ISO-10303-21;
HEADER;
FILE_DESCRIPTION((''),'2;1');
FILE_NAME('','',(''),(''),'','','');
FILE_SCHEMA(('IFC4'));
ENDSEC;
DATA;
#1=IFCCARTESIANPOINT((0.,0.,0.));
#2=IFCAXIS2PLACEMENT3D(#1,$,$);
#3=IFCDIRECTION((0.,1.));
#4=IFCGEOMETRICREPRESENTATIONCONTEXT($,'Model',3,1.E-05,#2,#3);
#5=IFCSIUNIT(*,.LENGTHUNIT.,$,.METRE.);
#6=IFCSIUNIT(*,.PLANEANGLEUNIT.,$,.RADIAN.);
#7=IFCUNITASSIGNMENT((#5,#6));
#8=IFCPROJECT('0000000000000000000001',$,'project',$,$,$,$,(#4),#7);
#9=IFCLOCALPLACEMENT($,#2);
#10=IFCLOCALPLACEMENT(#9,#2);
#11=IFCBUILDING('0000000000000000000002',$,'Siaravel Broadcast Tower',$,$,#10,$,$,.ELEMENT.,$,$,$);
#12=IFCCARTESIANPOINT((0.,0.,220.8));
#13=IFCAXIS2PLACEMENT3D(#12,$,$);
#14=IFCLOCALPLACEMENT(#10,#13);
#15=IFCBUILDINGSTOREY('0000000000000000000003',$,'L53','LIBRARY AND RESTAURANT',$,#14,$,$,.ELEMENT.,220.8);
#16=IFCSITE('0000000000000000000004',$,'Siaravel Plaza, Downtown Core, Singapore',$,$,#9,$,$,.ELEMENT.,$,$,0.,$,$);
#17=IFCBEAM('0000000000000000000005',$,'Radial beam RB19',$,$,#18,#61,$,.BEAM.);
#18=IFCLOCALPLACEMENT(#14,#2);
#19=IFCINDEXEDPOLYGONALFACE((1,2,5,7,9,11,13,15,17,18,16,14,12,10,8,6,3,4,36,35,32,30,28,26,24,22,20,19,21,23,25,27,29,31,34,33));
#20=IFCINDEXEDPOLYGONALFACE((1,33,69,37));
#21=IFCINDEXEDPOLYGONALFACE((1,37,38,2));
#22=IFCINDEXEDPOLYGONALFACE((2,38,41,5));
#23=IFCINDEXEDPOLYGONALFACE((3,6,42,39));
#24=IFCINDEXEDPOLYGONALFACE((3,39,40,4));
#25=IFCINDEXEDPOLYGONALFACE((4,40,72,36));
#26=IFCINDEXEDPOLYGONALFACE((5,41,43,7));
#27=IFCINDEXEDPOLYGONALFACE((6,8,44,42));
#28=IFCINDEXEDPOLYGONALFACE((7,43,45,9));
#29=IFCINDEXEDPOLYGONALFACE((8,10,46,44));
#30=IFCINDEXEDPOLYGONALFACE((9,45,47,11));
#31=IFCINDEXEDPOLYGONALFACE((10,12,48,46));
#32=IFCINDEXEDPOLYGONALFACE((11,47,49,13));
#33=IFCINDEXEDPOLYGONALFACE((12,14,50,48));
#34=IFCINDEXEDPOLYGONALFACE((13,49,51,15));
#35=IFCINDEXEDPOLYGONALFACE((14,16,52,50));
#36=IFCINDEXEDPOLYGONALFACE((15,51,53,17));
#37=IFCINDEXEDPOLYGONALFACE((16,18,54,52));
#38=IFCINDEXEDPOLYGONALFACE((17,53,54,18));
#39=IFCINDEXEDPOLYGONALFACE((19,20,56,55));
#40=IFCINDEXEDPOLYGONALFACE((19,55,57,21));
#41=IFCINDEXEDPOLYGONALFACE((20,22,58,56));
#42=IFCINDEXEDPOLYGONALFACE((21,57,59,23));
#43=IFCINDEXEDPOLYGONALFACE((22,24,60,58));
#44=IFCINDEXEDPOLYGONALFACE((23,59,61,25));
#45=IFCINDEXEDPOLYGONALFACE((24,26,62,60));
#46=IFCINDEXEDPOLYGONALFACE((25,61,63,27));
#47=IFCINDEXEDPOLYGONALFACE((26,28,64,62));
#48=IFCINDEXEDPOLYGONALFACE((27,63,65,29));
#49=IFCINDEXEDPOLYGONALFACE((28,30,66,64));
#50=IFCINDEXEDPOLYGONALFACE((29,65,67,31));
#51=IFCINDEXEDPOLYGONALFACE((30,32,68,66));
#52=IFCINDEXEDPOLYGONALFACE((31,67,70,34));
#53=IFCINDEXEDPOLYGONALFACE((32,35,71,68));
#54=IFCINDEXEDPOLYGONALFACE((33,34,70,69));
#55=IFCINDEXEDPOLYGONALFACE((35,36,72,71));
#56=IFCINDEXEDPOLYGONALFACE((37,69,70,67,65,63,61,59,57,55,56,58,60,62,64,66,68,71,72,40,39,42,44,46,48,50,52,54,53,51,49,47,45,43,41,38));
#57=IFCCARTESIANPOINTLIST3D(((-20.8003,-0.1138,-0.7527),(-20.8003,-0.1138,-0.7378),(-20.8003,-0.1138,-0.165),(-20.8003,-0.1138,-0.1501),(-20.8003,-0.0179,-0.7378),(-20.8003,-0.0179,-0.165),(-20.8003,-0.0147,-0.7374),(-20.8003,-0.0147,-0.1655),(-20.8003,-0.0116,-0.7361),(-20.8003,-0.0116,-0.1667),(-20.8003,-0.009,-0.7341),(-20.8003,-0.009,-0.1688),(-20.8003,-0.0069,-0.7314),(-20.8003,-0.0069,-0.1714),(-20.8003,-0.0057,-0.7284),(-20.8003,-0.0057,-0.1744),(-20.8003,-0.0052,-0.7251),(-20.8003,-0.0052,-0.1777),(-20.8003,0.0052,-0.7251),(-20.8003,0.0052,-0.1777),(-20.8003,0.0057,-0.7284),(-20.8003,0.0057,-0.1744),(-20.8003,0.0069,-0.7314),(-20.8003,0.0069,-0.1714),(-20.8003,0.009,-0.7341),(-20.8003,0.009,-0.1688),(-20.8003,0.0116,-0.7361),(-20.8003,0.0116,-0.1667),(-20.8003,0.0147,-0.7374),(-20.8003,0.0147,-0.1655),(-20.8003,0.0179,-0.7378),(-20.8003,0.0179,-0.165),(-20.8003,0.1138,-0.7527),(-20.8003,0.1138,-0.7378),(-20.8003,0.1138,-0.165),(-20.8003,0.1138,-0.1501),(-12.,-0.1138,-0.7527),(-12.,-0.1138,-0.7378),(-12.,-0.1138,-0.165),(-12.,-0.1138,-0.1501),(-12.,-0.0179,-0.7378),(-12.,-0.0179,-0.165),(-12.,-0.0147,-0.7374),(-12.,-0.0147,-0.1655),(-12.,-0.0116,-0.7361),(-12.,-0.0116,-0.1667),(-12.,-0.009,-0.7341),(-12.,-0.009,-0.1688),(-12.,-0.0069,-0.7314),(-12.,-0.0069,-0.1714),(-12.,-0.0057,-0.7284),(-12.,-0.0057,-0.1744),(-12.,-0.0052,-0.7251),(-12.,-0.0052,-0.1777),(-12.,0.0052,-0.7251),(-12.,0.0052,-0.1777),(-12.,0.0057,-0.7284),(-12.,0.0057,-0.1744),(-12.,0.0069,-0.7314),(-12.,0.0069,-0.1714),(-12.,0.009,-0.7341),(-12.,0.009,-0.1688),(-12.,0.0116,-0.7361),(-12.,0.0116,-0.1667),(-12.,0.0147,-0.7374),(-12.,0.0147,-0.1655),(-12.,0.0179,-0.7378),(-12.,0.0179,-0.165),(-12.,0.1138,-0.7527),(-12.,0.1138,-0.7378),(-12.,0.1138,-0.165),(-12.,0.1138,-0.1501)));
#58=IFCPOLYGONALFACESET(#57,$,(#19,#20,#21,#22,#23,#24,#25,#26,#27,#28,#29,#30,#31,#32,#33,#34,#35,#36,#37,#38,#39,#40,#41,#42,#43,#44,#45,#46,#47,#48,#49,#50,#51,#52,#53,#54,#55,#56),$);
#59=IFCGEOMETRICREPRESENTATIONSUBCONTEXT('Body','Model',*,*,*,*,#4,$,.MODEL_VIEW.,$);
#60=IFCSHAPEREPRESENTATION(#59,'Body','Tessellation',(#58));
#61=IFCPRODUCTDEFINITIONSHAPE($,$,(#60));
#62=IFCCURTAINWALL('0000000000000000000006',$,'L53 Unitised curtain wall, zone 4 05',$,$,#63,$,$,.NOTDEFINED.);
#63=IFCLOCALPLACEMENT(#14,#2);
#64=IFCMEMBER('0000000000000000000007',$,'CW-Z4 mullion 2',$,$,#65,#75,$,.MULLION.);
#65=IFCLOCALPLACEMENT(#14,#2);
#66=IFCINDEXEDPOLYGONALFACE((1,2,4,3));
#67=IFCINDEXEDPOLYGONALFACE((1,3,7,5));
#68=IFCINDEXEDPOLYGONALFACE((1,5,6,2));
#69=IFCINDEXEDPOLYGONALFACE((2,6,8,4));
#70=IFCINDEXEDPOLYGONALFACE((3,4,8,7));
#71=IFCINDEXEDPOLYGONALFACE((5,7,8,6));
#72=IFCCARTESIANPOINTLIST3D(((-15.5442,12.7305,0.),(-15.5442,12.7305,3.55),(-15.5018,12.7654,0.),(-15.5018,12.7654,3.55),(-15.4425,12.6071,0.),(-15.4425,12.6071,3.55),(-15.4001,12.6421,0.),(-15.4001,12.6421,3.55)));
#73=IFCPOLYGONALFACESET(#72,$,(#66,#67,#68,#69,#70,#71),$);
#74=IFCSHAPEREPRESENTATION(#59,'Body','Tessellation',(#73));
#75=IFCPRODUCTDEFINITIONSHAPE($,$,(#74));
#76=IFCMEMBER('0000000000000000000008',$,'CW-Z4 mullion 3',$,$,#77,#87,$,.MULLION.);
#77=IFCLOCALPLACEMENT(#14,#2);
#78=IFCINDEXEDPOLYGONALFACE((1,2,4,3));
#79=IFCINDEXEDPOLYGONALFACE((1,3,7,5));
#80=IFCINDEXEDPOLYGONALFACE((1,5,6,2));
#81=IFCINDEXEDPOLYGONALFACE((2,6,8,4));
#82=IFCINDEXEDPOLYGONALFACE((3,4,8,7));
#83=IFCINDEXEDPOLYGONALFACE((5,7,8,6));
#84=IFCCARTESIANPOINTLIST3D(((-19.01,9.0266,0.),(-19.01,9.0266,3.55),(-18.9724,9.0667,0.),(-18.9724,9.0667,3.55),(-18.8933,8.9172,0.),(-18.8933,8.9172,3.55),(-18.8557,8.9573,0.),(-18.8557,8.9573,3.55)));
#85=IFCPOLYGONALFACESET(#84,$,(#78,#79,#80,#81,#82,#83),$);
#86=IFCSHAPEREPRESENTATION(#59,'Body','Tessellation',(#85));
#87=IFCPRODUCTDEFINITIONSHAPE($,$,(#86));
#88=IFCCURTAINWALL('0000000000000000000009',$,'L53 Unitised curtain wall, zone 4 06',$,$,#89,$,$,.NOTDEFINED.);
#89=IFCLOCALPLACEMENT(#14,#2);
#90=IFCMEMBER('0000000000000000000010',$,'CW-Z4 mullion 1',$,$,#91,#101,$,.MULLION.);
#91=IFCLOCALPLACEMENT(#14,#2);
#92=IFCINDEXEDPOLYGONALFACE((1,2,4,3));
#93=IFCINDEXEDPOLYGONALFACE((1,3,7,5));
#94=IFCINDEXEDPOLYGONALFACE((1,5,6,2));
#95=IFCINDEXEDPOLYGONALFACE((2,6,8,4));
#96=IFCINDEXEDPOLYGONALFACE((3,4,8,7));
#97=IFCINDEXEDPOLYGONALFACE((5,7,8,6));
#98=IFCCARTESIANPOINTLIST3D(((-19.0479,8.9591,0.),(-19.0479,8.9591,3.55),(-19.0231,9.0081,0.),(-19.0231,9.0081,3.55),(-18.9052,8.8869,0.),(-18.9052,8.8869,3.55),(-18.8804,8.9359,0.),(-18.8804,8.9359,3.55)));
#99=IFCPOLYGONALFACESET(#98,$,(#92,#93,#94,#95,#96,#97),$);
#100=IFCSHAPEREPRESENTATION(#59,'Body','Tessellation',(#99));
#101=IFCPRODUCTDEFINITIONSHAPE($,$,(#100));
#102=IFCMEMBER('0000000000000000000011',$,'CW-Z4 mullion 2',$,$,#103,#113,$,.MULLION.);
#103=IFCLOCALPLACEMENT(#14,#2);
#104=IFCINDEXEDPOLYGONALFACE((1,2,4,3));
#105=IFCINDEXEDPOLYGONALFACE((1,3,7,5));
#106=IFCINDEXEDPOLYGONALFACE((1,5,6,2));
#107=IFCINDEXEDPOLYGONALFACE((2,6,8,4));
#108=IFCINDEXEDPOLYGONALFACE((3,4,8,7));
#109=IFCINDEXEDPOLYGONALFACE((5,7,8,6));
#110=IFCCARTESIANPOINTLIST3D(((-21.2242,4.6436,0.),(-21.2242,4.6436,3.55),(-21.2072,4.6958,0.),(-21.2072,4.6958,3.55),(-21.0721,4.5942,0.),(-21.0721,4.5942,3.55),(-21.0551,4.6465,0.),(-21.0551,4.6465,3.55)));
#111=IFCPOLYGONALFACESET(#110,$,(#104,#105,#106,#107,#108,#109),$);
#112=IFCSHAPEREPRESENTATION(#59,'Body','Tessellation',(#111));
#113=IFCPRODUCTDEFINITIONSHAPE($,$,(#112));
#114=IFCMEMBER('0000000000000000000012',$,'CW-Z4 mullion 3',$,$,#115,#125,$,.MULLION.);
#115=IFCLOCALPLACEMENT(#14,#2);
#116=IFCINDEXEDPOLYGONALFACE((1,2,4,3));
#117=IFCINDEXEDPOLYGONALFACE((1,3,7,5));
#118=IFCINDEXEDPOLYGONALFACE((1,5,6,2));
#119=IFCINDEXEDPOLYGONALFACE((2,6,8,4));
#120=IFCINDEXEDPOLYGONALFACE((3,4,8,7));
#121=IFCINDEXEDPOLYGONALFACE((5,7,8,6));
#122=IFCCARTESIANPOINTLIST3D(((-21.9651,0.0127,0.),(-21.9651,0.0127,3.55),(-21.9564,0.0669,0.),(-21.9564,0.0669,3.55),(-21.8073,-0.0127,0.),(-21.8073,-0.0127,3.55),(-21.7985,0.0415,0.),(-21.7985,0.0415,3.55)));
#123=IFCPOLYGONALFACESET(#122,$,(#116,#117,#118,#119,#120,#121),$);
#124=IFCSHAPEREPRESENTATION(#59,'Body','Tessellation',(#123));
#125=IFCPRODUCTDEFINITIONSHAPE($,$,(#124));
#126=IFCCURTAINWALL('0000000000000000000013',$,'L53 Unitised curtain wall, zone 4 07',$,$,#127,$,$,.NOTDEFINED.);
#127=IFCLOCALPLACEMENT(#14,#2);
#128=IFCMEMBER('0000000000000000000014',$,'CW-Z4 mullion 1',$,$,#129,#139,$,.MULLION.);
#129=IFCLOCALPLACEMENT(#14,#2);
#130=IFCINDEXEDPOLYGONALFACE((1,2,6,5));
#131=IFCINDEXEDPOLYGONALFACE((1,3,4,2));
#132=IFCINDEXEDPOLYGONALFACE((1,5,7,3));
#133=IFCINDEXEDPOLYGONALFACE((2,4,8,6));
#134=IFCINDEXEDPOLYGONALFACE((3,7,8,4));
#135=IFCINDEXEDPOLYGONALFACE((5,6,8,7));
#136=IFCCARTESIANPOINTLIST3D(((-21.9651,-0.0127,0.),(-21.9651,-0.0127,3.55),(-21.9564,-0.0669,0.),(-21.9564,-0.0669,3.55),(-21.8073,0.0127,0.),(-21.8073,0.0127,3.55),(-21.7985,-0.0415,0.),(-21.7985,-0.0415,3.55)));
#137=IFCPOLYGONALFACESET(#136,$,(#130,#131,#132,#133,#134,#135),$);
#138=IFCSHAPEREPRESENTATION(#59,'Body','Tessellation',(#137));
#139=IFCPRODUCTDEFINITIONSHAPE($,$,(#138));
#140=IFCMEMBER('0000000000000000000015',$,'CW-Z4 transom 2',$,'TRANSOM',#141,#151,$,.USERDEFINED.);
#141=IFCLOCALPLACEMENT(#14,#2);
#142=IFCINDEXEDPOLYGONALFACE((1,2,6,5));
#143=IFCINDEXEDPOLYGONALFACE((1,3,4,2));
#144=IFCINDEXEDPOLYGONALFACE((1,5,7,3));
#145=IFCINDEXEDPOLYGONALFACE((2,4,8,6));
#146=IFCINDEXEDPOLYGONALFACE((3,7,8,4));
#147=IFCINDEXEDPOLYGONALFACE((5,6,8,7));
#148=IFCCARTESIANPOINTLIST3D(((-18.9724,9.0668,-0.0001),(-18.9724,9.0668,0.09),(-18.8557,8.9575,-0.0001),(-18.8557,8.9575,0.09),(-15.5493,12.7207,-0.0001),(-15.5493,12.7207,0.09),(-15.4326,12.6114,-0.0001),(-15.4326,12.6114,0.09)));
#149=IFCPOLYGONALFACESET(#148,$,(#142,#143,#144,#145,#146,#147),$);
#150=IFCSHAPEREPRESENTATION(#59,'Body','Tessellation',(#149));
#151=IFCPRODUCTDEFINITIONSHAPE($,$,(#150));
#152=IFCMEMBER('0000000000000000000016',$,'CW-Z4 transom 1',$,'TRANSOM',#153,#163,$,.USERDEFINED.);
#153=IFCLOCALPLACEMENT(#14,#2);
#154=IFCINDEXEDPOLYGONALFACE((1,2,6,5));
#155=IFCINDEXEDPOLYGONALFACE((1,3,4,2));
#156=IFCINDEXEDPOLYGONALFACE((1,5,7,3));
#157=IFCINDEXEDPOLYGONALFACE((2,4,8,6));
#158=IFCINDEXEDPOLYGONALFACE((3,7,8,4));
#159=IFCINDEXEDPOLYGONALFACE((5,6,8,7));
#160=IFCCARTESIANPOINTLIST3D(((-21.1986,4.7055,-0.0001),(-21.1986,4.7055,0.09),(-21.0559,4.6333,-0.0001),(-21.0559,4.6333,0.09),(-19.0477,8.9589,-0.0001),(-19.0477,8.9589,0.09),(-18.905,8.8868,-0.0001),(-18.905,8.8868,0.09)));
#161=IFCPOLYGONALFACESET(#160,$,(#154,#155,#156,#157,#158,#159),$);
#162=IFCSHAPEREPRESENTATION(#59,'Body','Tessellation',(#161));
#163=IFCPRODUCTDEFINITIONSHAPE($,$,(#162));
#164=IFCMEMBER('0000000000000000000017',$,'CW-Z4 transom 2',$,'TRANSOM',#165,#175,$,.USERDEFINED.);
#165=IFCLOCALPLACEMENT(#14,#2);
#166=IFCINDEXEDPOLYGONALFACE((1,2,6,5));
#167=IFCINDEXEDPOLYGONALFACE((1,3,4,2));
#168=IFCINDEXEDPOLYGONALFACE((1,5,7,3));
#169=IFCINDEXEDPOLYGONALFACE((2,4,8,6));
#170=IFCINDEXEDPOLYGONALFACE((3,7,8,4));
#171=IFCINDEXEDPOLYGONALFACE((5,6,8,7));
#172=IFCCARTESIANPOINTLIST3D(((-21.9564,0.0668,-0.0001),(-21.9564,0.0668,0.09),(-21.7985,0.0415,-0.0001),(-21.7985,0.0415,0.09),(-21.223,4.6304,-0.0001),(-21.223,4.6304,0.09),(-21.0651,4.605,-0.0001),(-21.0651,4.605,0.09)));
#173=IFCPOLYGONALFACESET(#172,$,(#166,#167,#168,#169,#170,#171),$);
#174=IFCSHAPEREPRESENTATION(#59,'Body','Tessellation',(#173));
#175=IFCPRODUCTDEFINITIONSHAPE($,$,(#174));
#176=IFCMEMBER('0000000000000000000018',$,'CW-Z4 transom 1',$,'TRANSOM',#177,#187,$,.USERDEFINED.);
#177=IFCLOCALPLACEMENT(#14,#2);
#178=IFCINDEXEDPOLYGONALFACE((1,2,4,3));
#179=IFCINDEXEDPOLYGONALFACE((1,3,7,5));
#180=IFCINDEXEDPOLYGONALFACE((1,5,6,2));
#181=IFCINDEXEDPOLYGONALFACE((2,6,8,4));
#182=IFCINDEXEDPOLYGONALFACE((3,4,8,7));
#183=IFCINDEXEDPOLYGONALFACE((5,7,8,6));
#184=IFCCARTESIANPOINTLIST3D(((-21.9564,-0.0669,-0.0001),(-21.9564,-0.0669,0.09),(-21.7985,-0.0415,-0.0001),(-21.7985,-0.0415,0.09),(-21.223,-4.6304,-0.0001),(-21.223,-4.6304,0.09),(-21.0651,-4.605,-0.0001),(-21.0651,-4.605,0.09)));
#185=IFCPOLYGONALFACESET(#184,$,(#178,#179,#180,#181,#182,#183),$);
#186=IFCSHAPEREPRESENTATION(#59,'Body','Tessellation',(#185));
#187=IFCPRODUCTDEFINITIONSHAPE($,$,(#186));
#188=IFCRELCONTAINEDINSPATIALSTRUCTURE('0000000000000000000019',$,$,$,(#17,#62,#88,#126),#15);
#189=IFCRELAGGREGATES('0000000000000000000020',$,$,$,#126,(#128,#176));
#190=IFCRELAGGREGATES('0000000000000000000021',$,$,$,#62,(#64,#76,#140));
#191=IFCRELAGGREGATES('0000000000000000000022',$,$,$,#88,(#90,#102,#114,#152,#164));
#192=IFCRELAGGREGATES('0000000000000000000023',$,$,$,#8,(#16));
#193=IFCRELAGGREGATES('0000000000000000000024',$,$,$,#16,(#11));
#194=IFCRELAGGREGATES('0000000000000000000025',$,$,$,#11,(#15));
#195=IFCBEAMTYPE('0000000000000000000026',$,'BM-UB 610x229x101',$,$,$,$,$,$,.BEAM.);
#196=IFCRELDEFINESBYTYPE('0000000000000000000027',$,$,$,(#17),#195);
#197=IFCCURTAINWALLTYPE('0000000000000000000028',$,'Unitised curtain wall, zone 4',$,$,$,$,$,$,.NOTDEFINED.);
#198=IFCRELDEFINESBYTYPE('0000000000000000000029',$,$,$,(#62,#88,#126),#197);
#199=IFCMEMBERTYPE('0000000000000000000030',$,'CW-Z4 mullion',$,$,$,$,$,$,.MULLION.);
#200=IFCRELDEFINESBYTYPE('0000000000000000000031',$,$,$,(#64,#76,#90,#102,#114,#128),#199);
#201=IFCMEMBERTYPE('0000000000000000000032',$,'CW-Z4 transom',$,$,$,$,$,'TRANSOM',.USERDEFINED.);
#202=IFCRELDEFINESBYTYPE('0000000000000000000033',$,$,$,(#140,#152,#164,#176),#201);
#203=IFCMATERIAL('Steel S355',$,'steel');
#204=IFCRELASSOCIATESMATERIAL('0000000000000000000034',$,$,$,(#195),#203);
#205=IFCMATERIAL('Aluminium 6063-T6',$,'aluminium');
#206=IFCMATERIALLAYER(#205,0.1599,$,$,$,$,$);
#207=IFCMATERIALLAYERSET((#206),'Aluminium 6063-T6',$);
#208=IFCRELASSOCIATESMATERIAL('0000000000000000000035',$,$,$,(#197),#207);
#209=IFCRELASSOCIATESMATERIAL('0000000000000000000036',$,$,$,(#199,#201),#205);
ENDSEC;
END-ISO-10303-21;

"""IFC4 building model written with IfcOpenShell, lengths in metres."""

from ifc_helpers import new_model, si_unit, direction, frame, origin, origin_2d, place, context, subcontext, project, spatial, rectangle, i_section, extrude, material, layer, layer_set, material_profile, profile_set, type_object, element, aggregate, save


model = new_model("IFC4")

# Units and contexts
model_context = context("Model", 3, precision=1e-05, world=origin(), true_north=direction((0.0, 1.0)))
body_context = subcontext(model_context, "Body", "Model", "MODEL_VIEW")
ifc_project = project(units=[si_unit("LENGTHUNIT", "METRE"), si_unit("PLANEANGLEUNIT", "RADIAN")], contexts=[model_context])

# Site, building, storey
site_placement = place(None, origin())
site = spatial("IfcSite", under=ifc_project, at=site_placement, Name="Siaravel Plaza, Downtown Core, Singapore", CompositionType="ELEMENT", RefElevation=0.0)
building_placement = place(site_placement, origin())
building = spatial("IfcBuilding", under=site, at=building_placement, Name="Siaravel Broadcast Tower", CompositionType="ELEMENT")
storey_placement = place(building_placement, frame((0.0, 0.0, 220.8)))
storey = spatial("IfcBuildingStorey", under=building, at=storey_placement, Name="L53", Description="LIBRARY AND RESTAURANT", CompositionType="ELEMENT", Elevation=220.8)

# Beam
ifc_material_1 = material(Name="Steel S355", Category="steel")
ifc_material_profile_1 = material_profile(ifc_material_1, i_section(OverallWidth=0.2275, OverallDepth=0.6025, WebThickness=0.0105, FlangeThickness=0.0149, FilletRadius=0.0127, at=origin_2d()))
ifc_profile_set_1 = profile_set([ifc_material_profile_1], Name="Steel S355")
beam_type = type_object("IfcBeamType", Name="BM-UB 610x229x101", PredefinedType="BEAM", material=ifc_profile_set_1)
beam_1_placement = place(storey_placement, frame((-20.8003, 0.0, -0.4514), z_axis=(1.0, 0.0, 0.0), x_axis=(0.0, 1.0, 0.0)))
element("IfcBeam", 1, at=beam_1_placement, inside=storey, type_object=beam_type, Name="Radial beam RB19", PredefinedType="BEAM", context=body_context, shape_type="SweptSolid", body=[
    extrude(i_section(OverallWidth=0.2275, OverallDepth=0.6025, WebThickness=0.0105, FlangeThickness=0.0149, FilletRadius=0.0127, at=origin_2d()), origin(), (0.0, 0.0, 1.0), 8.8003),
])

# Curtain walls, members
ifc_material_2 = material(Name="Aluminium 6063-T6", Category="aluminium")
ifc_layer_1 = layer(ifc_material_2, 0.1599)
ifc_layer_set_1 = layer_set([ifc_layer_1], Name="Aluminium 6063-T6")
curtain_wall_type = type_object("IfcCurtainWallType", Name="Unitised curtain wall, zone 4", PredefinedType="NOTDEFINED", material=ifc_layer_set_1)
curtain_wall_1_placement = place(storey_placement, origin())
curtain_wall_1 = element("IfcCurtainWall", 2, at=curtain_wall_1_placement, inside=storey, type_object=curtain_wall_type, Name="L53 Unitised curtain wall, zone 4 05", PredefinedType="NOTDEFINED")
ifc_material_profile_2 = material_profile(ifc_material_2, rectangle(XDim=0.1599, YDim=0.0549, at=origin_2d()))
ifc_profile_set_2 = profile_set([ifc_material_profile_2], Name="Aluminium 6063-T6")
member_type_1 = type_object("IfcMemberType", Name="CW-Z4 mullion", PredefinedType="MULLION", material=ifc_profile_set_2)
member_1_placement = place(storey_placement, frame((-15.4722, 12.6863, 0.0), z_axis=(0.0, 0.0, 1.0), x_axis=(0.63622, -0.771508, 0.0)))
member_1 = element("IfcMember", 3, at=member_1_placement, type_object=member_type_1, Name="CW-Z4 mullion 2", PredefinedType="MULLION", context=body_context, shape_type="SweptSolid", body=[
    extrude(rectangle(XDim=0.1599, YDim=0.0549, at=origin_2d()), origin(), (0.0, 0.0, 1.0), 3.55),
])
member_2_placement = place(storey_placement, frame((-18.9329, 8.9919, 0.0), z_axis=(0.0, 0.0, 1.0), x_axis=(0.729806, -0.683654, 0.0)))
member_2 = element("IfcMember", 4, at=member_2_placement, type_object=member_type_1, Name="CW-Z4 mullion 3", PredefinedType="MULLION", context=body_context, shape_type="SweptSolid", body=[
    extrude(rectangle(XDim=0.1599, YDim=0.0549, at=origin_2d()), origin(), (0.0, 0.0, 1.0), 3.55),
])
curtain_wall_2_placement = place(storey_placement, origin())
curtain_wall_2 = element("IfcCurtainWall", 5, at=curtain_wall_2_placement, inside=storey, type_object=curtain_wall_type, Name="L53 Unitised curtain wall, zone 4 06", PredefinedType="NOTDEFINED")
member_3_placement = place(storey_placement, frame((-18.9641, 8.9475, 0.0), z_axis=(0.0, 0.0, 1.0), x_axis=(0.892393, -0.45126, 0.0)))
member_3 = element("IfcMember", 6, at=member_3_placement, type_object=member_type_1, Name="CW-Z4 mullion 1", PredefinedType="MULLION", context=body_context, shape_type="SweptSolid", body=[
    extrude(rectangle(XDim=0.1599, YDim=0.0549, at=origin_2d()), origin(), (0.0, 0.0, 1.0), 3.55),
])
member_4_placement = place(storey_placement, frame((-21.1396, 4.645, 0.0), z_axis=(0.0, 0.0, 1.0), x_axis=(0.951178, -0.308644, 0.0)))
member_4 = element("IfcMember", 7, at=member_4_placement, type_object=member_type_1, Name="CW-Z4 mullion 2", PredefinedType="MULLION", context=body_context, shape_type="SweptSolid", body=[
    extrude(rectangle(XDim=0.1599, YDim=0.0549, at=origin_2d()), origin(), (0.0, 0.0, 1.0), 3.55),
])
member_5_placement = place(storey_placement, frame((-21.8818, 0.0271, 0.0), z_axis=(0.0, 0.0, 1.0), x_axis=(0.987329, -0.158685, 0.0)))
member_5 = element("IfcMember", 8, at=member_5_placement, type_object=member_type_1, Name="CW-Z4 mullion 3", PredefinedType="MULLION", context=body_context, shape_type="SweptSolid", body=[
    extrude(rectangle(XDim=0.1599, YDim=0.0549, at=origin_2d()), origin(), (0.0, 0.0, 1.0), 3.55),
])

# Curtain wall, member
curtain_wall_3_placement = place(storey_placement, origin())
curtain_wall_3 = element("IfcCurtainWall", 9, at=curtain_wall_3_placement, inside=storey, type_object=curtain_wall_type, Name="L53 Unitised curtain wall, zone 4 07", PredefinedType="NOTDEFINED")
member_6_placement = place(storey_placement, frame((-21.8818, -0.0271, 0.0), z_axis=(0.0, 0.0, 1.0), x_axis=(0.987329, 0.158685, 0.0)))
member_6 = element("IfcMember", 10, at=member_6_placement, type_object=member_type_1, Name="CW-Z4 mullion 1", PredefinedType="MULLION", context=body_context, shape_type="SweptSolid", body=[
    extrude(rectangle(XDim=0.1599, YDim=0.0549, at=origin_2d()), origin(), (0.0, 0.0, 1.0), 3.55),
])

# Members
ifc_material_profile_3 = material_profile(ifc_material_2, rectangle(XDim=0.1599, YDim=0.0901, at=origin_2d()))
ifc_profile_set_3 = profile_set([ifc_material_profile_3], Name="Aluminium 6063-T6")
member_type_2 = type_object("IfcMemberType", Name="CW-Z4 transom", ElementType="TRANSOM", PredefinedType="USERDEFINED", material=ifc_profile_set_3)
member_7_placement = place(storey_placement, frame((-15.491, 12.666, 0.0449), z_axis=(-0.683691, -0.729771, 0.0), x_axis=(0.729771, -0.683691, 0.0)))
member_7 = element("IfcMember", 11, at=member_7_placement, type_object=member_type_2, Name="CW-Z4 transom 2", ObjectType="TRANSOM", PredefinedType="USERDEFINED", context=body_context, shape_type="SweptSolid", body=[
    extrude(rectangle(XDim=0.1599, YDim=0.0901, at=origin_2d()), origin(), (0.0, 0.0, 1.0), 5.0068),
])
member_8_placement = place(storey_placement, frame((-18.9763, 8.9229, 0.0449), z_axis=(-0.451266, -0.89239, 0.0), x_axis=(0.89239, -0.451266, 0.0)))
member_8 = element("IfcMember", 12, at=member_8_placement, type_object=member_type_2, Name="CW-Z4 transom 1", ObjectType="TRANSOM", PredefinedType="USERDEFINED", context=body_context, shape_type="SweptSolid", body=[
    extrude(rectangle(XDim=0.1599, YDim=0.0901, at=origin_2d()), origin(), (0.0, 0.0, 1.0), 4.7664),
])
member_9_placement = place(storey_placement, frame((-21.144, 4.6177, 0.0449), z_axis=(-0.158674, -0.987331, 0.0), x_axis=(0.987331, -0.158674, 0.0)))
member_9 = element("IfcMember", 13, at=member_9_placement, type_object=member_type_2, Name="CW-Z4 transom 2", ObjectType="TRANSOM", PredefinedType="USERDEFINED", context=body_context, shape_type="SweptSolid", body=[
    extrude(rectangle(XDim=0.1599, YDim=0.0901, at=origin_2d()), origin(), (0.0, 0.0, 1.0), 4.6221),
])
member_10_placement = place(storey_placement, frame((-21.8774, -0.0542, 0.0449), z_axis=(0.158674, -0.987331, 0.0), x_axis=(0.987331, 0.158674, 0.0)))
member_10 = element("IfcMember", 14, at=member_10_placement, type_object=member_type_2, Name="CW-Z4 transom 1", ObjectType="TRANSOM", PredefinedType="USERDEFINED", context=body_context, shape_type="SweptSolid", body=[
    extrude(rectangle(XDim=0.1599, YDim=0.0901, at=origin_2d()), origin(), (0.0, 0.0, 1.0), 4.6221),
])
aggregate(curtain_wall_3, [member_6, member_10])

aggregate(curtain_wall_1, [member_1, member_2, member_7])
aggregate(curtain_wall_2, [member_3, member_4, member_5, member_8, member_9])

save(model, "model.ifc")
